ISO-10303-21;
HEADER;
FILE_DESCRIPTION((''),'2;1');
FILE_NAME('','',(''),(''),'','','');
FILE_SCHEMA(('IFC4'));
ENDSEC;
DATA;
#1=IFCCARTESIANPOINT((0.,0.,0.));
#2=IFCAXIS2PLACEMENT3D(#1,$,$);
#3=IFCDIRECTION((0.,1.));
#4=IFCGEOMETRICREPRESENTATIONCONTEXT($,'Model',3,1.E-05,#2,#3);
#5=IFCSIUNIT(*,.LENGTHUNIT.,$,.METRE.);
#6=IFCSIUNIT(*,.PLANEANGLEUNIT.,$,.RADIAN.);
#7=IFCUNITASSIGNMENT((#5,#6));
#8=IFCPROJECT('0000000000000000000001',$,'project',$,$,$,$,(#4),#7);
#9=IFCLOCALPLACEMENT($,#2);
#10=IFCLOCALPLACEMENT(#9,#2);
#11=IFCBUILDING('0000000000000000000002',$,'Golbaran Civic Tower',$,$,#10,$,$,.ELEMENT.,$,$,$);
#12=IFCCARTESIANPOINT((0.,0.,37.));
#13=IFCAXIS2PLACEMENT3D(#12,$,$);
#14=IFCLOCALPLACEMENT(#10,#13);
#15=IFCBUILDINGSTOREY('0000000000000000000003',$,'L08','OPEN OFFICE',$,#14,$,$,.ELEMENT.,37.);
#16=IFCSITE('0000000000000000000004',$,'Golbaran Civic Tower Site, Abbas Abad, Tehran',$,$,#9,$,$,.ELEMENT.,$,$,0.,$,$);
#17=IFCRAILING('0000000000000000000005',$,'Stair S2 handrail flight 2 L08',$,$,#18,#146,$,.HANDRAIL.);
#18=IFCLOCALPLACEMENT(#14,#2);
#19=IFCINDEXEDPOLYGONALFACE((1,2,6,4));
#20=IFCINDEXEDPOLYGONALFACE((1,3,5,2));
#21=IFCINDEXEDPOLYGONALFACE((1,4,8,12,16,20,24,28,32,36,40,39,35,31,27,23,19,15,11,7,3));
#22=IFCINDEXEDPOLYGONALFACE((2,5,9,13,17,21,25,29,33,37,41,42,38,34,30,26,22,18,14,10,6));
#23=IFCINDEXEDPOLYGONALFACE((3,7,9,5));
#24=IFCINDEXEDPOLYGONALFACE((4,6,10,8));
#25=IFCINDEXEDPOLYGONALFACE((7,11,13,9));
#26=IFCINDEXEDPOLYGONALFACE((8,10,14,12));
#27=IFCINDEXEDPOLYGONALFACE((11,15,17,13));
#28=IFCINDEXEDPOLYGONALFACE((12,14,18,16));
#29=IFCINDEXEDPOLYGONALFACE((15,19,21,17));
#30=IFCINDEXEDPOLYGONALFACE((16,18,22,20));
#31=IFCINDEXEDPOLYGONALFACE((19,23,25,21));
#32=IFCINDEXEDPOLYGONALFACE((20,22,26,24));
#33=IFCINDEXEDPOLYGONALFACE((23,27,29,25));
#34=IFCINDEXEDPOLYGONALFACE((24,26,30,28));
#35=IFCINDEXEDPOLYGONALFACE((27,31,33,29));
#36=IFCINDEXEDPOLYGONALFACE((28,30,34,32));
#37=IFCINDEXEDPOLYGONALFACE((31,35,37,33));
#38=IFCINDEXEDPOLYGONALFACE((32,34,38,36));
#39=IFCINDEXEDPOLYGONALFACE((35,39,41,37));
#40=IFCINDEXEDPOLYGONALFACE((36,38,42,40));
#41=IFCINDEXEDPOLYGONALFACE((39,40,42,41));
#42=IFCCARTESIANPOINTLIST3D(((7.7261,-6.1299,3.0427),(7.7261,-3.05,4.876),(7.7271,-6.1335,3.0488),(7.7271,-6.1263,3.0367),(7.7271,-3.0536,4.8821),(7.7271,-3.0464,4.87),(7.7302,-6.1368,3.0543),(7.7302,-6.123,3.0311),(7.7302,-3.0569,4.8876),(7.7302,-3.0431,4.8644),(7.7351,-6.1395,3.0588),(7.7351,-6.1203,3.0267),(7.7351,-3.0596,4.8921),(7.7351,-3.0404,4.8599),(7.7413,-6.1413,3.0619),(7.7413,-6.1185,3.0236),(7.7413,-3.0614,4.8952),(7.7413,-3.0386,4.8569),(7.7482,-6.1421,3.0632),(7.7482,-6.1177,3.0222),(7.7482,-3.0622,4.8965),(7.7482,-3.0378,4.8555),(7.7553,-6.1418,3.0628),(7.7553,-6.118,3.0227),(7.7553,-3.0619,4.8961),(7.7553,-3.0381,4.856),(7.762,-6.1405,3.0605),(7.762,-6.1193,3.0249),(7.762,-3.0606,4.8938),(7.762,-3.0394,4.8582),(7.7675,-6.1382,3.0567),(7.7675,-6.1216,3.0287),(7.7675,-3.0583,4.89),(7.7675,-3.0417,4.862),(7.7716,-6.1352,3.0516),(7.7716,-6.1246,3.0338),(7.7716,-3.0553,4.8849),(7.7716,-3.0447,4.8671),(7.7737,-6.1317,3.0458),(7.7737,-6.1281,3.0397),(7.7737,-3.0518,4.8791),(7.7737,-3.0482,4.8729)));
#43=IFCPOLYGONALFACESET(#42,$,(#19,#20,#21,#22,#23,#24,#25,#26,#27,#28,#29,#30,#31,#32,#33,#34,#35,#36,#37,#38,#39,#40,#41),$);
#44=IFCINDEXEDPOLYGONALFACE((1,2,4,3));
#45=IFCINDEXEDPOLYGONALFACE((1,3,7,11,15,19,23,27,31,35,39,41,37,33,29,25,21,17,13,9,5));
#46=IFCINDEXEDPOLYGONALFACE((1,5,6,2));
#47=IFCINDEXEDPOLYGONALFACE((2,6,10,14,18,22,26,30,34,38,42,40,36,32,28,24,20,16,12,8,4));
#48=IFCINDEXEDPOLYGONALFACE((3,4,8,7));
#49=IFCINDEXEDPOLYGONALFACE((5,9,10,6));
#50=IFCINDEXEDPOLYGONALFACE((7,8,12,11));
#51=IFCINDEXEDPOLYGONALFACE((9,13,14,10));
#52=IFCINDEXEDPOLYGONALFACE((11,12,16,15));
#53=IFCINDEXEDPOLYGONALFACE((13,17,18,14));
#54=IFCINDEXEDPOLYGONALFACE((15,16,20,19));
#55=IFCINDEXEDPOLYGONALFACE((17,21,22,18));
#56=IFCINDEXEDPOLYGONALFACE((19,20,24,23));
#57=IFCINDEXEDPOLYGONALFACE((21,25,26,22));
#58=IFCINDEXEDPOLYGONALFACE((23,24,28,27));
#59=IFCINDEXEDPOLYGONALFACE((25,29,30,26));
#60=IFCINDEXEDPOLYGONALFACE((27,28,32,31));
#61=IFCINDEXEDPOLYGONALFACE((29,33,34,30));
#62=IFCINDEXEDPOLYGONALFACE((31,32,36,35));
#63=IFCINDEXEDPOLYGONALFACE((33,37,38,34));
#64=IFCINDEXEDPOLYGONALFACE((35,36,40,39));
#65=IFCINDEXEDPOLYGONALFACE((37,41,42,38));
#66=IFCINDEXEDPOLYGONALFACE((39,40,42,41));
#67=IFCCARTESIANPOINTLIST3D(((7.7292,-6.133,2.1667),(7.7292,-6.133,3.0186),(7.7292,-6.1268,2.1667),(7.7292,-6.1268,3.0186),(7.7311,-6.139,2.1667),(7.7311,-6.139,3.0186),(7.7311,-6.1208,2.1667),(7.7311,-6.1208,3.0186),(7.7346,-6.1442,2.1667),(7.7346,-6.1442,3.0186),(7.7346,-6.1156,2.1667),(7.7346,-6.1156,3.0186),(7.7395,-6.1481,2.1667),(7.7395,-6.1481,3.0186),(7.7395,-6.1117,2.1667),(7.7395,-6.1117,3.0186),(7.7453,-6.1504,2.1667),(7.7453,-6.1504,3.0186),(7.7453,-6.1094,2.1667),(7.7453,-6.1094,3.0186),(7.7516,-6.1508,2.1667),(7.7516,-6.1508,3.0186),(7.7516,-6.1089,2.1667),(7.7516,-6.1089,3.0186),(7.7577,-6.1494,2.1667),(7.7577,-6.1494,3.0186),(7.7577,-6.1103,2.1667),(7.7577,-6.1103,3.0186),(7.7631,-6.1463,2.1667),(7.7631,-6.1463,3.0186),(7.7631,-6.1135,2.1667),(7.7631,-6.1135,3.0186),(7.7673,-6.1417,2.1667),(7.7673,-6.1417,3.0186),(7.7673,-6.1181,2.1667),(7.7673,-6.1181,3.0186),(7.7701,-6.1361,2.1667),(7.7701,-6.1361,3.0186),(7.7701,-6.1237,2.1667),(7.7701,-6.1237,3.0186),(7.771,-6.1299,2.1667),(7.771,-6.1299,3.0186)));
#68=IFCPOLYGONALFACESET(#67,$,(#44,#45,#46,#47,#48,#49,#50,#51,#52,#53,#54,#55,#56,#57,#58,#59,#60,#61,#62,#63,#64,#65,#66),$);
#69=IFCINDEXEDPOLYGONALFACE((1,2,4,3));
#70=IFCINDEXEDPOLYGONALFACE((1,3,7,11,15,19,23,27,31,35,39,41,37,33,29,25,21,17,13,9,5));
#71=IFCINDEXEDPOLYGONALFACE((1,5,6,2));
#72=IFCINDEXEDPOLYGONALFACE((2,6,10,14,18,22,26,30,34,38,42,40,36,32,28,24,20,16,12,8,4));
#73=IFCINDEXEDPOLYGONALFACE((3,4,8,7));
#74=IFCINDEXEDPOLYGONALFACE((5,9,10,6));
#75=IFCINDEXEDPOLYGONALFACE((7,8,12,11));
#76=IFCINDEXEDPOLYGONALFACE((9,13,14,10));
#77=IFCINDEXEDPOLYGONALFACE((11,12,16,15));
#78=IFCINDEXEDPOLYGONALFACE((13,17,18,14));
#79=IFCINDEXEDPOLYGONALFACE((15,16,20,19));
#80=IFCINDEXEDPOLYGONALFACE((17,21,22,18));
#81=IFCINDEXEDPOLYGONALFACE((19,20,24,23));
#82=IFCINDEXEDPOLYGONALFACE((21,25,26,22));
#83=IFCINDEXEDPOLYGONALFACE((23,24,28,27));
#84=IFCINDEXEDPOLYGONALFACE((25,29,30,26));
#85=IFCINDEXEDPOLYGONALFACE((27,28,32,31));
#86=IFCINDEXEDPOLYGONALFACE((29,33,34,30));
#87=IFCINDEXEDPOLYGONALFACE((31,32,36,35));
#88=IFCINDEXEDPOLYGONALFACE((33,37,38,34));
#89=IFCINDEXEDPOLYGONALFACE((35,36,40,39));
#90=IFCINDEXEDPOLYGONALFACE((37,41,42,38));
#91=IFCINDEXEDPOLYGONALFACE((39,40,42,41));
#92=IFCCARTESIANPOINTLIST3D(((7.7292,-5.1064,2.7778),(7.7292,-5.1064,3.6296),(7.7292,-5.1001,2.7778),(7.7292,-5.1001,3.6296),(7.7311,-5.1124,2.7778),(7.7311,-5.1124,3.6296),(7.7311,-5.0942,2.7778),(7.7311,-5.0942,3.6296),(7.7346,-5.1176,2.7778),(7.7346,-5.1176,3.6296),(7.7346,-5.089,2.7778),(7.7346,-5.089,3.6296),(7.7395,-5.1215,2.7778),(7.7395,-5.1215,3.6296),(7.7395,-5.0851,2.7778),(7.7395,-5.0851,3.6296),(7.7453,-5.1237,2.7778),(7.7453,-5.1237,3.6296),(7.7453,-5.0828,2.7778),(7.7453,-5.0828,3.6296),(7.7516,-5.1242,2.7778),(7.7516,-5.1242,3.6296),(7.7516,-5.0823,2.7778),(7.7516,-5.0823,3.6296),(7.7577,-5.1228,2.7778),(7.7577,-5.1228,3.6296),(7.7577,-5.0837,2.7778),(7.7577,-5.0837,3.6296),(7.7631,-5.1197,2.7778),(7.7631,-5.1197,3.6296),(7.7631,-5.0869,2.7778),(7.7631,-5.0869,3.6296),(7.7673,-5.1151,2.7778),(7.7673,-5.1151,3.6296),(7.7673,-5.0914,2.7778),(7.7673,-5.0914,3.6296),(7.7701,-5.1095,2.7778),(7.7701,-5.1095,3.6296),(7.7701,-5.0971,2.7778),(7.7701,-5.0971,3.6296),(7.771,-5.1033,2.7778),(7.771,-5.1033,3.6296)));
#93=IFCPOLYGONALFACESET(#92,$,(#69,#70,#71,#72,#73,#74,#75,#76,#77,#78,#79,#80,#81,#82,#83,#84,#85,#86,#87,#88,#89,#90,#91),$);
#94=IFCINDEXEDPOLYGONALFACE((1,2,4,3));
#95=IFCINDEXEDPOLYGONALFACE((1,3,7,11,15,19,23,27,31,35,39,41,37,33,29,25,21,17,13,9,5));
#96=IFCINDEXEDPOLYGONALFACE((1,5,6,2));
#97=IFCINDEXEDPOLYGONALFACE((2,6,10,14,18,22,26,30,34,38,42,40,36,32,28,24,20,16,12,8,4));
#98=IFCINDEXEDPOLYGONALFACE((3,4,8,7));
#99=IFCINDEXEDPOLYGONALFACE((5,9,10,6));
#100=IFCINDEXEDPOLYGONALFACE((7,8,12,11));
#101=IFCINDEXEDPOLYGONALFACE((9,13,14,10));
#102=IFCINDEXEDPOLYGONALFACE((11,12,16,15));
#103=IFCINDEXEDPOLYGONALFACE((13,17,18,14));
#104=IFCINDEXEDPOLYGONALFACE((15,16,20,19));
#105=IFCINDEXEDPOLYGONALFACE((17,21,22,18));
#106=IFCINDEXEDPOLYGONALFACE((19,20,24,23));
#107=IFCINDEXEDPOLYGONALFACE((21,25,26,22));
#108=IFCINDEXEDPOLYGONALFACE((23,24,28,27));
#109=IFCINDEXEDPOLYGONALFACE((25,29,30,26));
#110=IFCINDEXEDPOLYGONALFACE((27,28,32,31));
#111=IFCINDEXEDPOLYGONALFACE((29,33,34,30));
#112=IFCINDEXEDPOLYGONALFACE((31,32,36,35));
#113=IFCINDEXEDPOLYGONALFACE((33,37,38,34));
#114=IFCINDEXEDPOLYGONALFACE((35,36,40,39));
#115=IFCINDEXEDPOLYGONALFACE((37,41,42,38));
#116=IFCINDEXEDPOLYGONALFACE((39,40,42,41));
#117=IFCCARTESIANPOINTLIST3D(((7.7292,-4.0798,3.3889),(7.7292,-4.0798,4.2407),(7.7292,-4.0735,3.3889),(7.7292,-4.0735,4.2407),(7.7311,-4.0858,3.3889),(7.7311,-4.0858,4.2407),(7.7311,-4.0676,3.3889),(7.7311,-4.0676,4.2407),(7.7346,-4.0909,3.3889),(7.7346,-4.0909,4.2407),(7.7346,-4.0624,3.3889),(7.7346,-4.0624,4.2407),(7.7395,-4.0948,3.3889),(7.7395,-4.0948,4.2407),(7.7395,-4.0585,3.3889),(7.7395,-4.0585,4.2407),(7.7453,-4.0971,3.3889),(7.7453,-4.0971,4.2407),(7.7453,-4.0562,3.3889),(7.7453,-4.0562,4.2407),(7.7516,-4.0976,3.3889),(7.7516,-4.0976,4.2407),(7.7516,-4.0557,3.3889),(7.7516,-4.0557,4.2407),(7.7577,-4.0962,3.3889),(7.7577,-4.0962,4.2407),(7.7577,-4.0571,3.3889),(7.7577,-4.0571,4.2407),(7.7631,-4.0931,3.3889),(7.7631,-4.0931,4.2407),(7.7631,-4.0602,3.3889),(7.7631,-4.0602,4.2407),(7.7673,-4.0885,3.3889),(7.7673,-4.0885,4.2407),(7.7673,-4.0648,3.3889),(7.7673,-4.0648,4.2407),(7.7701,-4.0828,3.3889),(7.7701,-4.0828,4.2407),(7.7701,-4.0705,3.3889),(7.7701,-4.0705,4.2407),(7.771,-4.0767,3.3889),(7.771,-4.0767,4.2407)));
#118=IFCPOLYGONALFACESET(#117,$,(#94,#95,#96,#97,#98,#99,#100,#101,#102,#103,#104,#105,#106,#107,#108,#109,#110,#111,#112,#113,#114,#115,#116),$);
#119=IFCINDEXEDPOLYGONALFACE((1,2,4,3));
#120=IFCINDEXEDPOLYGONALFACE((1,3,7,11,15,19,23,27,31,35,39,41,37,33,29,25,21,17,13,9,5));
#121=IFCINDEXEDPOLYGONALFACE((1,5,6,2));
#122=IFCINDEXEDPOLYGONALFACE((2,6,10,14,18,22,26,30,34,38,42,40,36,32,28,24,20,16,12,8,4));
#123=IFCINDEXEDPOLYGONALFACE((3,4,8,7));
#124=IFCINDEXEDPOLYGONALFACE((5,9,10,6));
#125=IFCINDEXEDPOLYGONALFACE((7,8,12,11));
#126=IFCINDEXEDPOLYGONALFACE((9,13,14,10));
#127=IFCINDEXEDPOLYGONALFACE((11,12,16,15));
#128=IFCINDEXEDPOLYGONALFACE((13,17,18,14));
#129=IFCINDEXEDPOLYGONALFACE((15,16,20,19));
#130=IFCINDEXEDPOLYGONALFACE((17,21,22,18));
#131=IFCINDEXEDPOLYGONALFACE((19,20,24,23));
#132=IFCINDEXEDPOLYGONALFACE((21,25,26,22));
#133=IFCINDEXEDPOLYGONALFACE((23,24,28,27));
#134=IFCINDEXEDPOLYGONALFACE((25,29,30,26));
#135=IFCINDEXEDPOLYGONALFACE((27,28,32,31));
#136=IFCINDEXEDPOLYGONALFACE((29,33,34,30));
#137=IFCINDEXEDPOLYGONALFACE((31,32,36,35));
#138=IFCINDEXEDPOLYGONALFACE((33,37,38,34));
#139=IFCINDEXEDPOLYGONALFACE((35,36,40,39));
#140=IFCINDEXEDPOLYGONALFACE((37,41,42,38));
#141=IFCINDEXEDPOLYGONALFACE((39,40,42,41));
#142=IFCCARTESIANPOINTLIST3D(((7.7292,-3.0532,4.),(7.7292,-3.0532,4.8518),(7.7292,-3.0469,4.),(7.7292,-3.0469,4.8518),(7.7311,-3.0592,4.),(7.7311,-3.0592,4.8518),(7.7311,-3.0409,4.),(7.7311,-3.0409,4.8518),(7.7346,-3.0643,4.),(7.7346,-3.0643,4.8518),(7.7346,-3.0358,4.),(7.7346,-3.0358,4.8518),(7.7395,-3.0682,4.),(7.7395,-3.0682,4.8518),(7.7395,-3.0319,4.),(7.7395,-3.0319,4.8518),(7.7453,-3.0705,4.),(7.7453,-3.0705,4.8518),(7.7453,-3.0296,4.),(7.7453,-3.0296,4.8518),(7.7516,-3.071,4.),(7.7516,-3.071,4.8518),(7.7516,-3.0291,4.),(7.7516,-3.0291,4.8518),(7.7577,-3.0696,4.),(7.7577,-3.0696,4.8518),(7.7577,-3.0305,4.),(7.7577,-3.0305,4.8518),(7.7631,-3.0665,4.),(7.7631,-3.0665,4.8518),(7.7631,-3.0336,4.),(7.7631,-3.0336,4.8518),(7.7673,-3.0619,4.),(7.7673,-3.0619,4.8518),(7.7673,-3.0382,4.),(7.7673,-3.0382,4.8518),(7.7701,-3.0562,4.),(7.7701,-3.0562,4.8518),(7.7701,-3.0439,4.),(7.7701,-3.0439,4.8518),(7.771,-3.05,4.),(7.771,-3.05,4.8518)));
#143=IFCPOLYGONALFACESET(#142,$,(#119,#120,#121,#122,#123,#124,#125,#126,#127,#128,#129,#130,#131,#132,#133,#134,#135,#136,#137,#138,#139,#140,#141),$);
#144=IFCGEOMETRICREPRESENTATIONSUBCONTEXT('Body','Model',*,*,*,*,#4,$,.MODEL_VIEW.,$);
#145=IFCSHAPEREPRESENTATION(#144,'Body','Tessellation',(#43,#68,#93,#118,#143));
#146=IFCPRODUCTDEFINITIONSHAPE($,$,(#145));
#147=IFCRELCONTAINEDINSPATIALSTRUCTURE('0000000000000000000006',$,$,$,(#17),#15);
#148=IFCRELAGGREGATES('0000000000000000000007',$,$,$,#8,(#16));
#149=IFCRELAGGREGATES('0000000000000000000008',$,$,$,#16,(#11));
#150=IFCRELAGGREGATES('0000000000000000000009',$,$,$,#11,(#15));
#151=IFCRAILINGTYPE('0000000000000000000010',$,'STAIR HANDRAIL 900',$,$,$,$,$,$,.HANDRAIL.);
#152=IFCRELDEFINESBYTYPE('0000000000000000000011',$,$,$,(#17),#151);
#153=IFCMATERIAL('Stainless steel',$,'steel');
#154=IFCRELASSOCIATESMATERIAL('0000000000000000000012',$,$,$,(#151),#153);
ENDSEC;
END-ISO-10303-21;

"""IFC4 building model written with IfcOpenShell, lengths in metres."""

from ifc_helpers import new_model, si_unit, direction, frame, origin, origin_2d, place, context, subcontext, project, spatial, circle, extrude, material, type_object, element, save


model = new_model("IFC4")

# Units and contexts
model_context = context("Model", 3, precision=1e-05, world=origin(), true_north=direction((0.0, 1.0)))
body_context = subcontext(model_context, "Body", "Model", "MODEL_VIEW")
ifc_project = project(units=[si_unit("LENGTHUNIT", "METRE"), si_unit("PLANEANGLEUNIT", "RADIAN")], contexts=[model_context])

# Site, building, storey
site_placement = place(None, origin())
site = spatial("IfcSite", under=ifc_project, at=site_placement, Name="Golbaran Civic Tower Site, Abbas Abad, Tehran", CompositionType="ELEMENT", RefElevation=0.0)
building_placement = place(site_placement, origin())
building = spatial("IfcBuilding", under=site, at=building_placement, Name="Golbaran Civic Tower", CompositionType="ELEMENT")
storey_placement = place(building_placement, frame((0.0, 0.0, 37.0)))
storey = spatial("IfcBuildingStorey", under=building, at=storey_placement, Name="L08", Description="OPEN OFFICE", CompositionType="ELEMENT", Elevation=37.0)

# Shared definitions
ifc_material_1 = material(Name="Stainless steel", Category="steel")

# Railing
railing_type = type_object("IfcRailingType", Name="STAIR HANDRAIL 900", PredefinedType="HANDRAIL", material=ifc_material_1)
railing_1_placement = place(storey_placement, frame((7.75, -6.1299, 2.1667)))
element("IfcRailing", 1, at=railing_1_placement, inside=storey, type_object=railing_type, Name="Stair S2 handrail flight 2 L08", PredefinedType="HANDRAIL", context=body_context, shape_type="SweptSolid", body=[
    extrude(circle(Radius=0.0239, at=origin_2d()), frame((0.0, 0.0, 0.876), z_axis=(0.0, 0.859291, 0.511487), x_axis=(-1.0, 0.0, 0.0)), (0.0, 0.0, 1.0), 3.5842),
    extrude(circle(Radius=0.021, at=origin_2d()), origin(), (0.0, 0.0, 1.0), 0.8518),
    extrude(circle(Radius=0.021, at=origin_2d()), frame((0.0, 1.0266, 0.6111)), (0.0, 0.0, 1.0), 0.8518),
    extrude(circle(Radius=0.021, at=origin_2d()), frame((0.0, 2.0532, 1.2222)), (0.0, 0.0, 1.0), 0.8518),
    extrude(circle(Radius=0.021, at=origin_2d()), frame((0.0, 3.0798, 1.8333)), (0.0, 0.0, 1.0), 0.8518),
])

save(model, "model.ifc")
